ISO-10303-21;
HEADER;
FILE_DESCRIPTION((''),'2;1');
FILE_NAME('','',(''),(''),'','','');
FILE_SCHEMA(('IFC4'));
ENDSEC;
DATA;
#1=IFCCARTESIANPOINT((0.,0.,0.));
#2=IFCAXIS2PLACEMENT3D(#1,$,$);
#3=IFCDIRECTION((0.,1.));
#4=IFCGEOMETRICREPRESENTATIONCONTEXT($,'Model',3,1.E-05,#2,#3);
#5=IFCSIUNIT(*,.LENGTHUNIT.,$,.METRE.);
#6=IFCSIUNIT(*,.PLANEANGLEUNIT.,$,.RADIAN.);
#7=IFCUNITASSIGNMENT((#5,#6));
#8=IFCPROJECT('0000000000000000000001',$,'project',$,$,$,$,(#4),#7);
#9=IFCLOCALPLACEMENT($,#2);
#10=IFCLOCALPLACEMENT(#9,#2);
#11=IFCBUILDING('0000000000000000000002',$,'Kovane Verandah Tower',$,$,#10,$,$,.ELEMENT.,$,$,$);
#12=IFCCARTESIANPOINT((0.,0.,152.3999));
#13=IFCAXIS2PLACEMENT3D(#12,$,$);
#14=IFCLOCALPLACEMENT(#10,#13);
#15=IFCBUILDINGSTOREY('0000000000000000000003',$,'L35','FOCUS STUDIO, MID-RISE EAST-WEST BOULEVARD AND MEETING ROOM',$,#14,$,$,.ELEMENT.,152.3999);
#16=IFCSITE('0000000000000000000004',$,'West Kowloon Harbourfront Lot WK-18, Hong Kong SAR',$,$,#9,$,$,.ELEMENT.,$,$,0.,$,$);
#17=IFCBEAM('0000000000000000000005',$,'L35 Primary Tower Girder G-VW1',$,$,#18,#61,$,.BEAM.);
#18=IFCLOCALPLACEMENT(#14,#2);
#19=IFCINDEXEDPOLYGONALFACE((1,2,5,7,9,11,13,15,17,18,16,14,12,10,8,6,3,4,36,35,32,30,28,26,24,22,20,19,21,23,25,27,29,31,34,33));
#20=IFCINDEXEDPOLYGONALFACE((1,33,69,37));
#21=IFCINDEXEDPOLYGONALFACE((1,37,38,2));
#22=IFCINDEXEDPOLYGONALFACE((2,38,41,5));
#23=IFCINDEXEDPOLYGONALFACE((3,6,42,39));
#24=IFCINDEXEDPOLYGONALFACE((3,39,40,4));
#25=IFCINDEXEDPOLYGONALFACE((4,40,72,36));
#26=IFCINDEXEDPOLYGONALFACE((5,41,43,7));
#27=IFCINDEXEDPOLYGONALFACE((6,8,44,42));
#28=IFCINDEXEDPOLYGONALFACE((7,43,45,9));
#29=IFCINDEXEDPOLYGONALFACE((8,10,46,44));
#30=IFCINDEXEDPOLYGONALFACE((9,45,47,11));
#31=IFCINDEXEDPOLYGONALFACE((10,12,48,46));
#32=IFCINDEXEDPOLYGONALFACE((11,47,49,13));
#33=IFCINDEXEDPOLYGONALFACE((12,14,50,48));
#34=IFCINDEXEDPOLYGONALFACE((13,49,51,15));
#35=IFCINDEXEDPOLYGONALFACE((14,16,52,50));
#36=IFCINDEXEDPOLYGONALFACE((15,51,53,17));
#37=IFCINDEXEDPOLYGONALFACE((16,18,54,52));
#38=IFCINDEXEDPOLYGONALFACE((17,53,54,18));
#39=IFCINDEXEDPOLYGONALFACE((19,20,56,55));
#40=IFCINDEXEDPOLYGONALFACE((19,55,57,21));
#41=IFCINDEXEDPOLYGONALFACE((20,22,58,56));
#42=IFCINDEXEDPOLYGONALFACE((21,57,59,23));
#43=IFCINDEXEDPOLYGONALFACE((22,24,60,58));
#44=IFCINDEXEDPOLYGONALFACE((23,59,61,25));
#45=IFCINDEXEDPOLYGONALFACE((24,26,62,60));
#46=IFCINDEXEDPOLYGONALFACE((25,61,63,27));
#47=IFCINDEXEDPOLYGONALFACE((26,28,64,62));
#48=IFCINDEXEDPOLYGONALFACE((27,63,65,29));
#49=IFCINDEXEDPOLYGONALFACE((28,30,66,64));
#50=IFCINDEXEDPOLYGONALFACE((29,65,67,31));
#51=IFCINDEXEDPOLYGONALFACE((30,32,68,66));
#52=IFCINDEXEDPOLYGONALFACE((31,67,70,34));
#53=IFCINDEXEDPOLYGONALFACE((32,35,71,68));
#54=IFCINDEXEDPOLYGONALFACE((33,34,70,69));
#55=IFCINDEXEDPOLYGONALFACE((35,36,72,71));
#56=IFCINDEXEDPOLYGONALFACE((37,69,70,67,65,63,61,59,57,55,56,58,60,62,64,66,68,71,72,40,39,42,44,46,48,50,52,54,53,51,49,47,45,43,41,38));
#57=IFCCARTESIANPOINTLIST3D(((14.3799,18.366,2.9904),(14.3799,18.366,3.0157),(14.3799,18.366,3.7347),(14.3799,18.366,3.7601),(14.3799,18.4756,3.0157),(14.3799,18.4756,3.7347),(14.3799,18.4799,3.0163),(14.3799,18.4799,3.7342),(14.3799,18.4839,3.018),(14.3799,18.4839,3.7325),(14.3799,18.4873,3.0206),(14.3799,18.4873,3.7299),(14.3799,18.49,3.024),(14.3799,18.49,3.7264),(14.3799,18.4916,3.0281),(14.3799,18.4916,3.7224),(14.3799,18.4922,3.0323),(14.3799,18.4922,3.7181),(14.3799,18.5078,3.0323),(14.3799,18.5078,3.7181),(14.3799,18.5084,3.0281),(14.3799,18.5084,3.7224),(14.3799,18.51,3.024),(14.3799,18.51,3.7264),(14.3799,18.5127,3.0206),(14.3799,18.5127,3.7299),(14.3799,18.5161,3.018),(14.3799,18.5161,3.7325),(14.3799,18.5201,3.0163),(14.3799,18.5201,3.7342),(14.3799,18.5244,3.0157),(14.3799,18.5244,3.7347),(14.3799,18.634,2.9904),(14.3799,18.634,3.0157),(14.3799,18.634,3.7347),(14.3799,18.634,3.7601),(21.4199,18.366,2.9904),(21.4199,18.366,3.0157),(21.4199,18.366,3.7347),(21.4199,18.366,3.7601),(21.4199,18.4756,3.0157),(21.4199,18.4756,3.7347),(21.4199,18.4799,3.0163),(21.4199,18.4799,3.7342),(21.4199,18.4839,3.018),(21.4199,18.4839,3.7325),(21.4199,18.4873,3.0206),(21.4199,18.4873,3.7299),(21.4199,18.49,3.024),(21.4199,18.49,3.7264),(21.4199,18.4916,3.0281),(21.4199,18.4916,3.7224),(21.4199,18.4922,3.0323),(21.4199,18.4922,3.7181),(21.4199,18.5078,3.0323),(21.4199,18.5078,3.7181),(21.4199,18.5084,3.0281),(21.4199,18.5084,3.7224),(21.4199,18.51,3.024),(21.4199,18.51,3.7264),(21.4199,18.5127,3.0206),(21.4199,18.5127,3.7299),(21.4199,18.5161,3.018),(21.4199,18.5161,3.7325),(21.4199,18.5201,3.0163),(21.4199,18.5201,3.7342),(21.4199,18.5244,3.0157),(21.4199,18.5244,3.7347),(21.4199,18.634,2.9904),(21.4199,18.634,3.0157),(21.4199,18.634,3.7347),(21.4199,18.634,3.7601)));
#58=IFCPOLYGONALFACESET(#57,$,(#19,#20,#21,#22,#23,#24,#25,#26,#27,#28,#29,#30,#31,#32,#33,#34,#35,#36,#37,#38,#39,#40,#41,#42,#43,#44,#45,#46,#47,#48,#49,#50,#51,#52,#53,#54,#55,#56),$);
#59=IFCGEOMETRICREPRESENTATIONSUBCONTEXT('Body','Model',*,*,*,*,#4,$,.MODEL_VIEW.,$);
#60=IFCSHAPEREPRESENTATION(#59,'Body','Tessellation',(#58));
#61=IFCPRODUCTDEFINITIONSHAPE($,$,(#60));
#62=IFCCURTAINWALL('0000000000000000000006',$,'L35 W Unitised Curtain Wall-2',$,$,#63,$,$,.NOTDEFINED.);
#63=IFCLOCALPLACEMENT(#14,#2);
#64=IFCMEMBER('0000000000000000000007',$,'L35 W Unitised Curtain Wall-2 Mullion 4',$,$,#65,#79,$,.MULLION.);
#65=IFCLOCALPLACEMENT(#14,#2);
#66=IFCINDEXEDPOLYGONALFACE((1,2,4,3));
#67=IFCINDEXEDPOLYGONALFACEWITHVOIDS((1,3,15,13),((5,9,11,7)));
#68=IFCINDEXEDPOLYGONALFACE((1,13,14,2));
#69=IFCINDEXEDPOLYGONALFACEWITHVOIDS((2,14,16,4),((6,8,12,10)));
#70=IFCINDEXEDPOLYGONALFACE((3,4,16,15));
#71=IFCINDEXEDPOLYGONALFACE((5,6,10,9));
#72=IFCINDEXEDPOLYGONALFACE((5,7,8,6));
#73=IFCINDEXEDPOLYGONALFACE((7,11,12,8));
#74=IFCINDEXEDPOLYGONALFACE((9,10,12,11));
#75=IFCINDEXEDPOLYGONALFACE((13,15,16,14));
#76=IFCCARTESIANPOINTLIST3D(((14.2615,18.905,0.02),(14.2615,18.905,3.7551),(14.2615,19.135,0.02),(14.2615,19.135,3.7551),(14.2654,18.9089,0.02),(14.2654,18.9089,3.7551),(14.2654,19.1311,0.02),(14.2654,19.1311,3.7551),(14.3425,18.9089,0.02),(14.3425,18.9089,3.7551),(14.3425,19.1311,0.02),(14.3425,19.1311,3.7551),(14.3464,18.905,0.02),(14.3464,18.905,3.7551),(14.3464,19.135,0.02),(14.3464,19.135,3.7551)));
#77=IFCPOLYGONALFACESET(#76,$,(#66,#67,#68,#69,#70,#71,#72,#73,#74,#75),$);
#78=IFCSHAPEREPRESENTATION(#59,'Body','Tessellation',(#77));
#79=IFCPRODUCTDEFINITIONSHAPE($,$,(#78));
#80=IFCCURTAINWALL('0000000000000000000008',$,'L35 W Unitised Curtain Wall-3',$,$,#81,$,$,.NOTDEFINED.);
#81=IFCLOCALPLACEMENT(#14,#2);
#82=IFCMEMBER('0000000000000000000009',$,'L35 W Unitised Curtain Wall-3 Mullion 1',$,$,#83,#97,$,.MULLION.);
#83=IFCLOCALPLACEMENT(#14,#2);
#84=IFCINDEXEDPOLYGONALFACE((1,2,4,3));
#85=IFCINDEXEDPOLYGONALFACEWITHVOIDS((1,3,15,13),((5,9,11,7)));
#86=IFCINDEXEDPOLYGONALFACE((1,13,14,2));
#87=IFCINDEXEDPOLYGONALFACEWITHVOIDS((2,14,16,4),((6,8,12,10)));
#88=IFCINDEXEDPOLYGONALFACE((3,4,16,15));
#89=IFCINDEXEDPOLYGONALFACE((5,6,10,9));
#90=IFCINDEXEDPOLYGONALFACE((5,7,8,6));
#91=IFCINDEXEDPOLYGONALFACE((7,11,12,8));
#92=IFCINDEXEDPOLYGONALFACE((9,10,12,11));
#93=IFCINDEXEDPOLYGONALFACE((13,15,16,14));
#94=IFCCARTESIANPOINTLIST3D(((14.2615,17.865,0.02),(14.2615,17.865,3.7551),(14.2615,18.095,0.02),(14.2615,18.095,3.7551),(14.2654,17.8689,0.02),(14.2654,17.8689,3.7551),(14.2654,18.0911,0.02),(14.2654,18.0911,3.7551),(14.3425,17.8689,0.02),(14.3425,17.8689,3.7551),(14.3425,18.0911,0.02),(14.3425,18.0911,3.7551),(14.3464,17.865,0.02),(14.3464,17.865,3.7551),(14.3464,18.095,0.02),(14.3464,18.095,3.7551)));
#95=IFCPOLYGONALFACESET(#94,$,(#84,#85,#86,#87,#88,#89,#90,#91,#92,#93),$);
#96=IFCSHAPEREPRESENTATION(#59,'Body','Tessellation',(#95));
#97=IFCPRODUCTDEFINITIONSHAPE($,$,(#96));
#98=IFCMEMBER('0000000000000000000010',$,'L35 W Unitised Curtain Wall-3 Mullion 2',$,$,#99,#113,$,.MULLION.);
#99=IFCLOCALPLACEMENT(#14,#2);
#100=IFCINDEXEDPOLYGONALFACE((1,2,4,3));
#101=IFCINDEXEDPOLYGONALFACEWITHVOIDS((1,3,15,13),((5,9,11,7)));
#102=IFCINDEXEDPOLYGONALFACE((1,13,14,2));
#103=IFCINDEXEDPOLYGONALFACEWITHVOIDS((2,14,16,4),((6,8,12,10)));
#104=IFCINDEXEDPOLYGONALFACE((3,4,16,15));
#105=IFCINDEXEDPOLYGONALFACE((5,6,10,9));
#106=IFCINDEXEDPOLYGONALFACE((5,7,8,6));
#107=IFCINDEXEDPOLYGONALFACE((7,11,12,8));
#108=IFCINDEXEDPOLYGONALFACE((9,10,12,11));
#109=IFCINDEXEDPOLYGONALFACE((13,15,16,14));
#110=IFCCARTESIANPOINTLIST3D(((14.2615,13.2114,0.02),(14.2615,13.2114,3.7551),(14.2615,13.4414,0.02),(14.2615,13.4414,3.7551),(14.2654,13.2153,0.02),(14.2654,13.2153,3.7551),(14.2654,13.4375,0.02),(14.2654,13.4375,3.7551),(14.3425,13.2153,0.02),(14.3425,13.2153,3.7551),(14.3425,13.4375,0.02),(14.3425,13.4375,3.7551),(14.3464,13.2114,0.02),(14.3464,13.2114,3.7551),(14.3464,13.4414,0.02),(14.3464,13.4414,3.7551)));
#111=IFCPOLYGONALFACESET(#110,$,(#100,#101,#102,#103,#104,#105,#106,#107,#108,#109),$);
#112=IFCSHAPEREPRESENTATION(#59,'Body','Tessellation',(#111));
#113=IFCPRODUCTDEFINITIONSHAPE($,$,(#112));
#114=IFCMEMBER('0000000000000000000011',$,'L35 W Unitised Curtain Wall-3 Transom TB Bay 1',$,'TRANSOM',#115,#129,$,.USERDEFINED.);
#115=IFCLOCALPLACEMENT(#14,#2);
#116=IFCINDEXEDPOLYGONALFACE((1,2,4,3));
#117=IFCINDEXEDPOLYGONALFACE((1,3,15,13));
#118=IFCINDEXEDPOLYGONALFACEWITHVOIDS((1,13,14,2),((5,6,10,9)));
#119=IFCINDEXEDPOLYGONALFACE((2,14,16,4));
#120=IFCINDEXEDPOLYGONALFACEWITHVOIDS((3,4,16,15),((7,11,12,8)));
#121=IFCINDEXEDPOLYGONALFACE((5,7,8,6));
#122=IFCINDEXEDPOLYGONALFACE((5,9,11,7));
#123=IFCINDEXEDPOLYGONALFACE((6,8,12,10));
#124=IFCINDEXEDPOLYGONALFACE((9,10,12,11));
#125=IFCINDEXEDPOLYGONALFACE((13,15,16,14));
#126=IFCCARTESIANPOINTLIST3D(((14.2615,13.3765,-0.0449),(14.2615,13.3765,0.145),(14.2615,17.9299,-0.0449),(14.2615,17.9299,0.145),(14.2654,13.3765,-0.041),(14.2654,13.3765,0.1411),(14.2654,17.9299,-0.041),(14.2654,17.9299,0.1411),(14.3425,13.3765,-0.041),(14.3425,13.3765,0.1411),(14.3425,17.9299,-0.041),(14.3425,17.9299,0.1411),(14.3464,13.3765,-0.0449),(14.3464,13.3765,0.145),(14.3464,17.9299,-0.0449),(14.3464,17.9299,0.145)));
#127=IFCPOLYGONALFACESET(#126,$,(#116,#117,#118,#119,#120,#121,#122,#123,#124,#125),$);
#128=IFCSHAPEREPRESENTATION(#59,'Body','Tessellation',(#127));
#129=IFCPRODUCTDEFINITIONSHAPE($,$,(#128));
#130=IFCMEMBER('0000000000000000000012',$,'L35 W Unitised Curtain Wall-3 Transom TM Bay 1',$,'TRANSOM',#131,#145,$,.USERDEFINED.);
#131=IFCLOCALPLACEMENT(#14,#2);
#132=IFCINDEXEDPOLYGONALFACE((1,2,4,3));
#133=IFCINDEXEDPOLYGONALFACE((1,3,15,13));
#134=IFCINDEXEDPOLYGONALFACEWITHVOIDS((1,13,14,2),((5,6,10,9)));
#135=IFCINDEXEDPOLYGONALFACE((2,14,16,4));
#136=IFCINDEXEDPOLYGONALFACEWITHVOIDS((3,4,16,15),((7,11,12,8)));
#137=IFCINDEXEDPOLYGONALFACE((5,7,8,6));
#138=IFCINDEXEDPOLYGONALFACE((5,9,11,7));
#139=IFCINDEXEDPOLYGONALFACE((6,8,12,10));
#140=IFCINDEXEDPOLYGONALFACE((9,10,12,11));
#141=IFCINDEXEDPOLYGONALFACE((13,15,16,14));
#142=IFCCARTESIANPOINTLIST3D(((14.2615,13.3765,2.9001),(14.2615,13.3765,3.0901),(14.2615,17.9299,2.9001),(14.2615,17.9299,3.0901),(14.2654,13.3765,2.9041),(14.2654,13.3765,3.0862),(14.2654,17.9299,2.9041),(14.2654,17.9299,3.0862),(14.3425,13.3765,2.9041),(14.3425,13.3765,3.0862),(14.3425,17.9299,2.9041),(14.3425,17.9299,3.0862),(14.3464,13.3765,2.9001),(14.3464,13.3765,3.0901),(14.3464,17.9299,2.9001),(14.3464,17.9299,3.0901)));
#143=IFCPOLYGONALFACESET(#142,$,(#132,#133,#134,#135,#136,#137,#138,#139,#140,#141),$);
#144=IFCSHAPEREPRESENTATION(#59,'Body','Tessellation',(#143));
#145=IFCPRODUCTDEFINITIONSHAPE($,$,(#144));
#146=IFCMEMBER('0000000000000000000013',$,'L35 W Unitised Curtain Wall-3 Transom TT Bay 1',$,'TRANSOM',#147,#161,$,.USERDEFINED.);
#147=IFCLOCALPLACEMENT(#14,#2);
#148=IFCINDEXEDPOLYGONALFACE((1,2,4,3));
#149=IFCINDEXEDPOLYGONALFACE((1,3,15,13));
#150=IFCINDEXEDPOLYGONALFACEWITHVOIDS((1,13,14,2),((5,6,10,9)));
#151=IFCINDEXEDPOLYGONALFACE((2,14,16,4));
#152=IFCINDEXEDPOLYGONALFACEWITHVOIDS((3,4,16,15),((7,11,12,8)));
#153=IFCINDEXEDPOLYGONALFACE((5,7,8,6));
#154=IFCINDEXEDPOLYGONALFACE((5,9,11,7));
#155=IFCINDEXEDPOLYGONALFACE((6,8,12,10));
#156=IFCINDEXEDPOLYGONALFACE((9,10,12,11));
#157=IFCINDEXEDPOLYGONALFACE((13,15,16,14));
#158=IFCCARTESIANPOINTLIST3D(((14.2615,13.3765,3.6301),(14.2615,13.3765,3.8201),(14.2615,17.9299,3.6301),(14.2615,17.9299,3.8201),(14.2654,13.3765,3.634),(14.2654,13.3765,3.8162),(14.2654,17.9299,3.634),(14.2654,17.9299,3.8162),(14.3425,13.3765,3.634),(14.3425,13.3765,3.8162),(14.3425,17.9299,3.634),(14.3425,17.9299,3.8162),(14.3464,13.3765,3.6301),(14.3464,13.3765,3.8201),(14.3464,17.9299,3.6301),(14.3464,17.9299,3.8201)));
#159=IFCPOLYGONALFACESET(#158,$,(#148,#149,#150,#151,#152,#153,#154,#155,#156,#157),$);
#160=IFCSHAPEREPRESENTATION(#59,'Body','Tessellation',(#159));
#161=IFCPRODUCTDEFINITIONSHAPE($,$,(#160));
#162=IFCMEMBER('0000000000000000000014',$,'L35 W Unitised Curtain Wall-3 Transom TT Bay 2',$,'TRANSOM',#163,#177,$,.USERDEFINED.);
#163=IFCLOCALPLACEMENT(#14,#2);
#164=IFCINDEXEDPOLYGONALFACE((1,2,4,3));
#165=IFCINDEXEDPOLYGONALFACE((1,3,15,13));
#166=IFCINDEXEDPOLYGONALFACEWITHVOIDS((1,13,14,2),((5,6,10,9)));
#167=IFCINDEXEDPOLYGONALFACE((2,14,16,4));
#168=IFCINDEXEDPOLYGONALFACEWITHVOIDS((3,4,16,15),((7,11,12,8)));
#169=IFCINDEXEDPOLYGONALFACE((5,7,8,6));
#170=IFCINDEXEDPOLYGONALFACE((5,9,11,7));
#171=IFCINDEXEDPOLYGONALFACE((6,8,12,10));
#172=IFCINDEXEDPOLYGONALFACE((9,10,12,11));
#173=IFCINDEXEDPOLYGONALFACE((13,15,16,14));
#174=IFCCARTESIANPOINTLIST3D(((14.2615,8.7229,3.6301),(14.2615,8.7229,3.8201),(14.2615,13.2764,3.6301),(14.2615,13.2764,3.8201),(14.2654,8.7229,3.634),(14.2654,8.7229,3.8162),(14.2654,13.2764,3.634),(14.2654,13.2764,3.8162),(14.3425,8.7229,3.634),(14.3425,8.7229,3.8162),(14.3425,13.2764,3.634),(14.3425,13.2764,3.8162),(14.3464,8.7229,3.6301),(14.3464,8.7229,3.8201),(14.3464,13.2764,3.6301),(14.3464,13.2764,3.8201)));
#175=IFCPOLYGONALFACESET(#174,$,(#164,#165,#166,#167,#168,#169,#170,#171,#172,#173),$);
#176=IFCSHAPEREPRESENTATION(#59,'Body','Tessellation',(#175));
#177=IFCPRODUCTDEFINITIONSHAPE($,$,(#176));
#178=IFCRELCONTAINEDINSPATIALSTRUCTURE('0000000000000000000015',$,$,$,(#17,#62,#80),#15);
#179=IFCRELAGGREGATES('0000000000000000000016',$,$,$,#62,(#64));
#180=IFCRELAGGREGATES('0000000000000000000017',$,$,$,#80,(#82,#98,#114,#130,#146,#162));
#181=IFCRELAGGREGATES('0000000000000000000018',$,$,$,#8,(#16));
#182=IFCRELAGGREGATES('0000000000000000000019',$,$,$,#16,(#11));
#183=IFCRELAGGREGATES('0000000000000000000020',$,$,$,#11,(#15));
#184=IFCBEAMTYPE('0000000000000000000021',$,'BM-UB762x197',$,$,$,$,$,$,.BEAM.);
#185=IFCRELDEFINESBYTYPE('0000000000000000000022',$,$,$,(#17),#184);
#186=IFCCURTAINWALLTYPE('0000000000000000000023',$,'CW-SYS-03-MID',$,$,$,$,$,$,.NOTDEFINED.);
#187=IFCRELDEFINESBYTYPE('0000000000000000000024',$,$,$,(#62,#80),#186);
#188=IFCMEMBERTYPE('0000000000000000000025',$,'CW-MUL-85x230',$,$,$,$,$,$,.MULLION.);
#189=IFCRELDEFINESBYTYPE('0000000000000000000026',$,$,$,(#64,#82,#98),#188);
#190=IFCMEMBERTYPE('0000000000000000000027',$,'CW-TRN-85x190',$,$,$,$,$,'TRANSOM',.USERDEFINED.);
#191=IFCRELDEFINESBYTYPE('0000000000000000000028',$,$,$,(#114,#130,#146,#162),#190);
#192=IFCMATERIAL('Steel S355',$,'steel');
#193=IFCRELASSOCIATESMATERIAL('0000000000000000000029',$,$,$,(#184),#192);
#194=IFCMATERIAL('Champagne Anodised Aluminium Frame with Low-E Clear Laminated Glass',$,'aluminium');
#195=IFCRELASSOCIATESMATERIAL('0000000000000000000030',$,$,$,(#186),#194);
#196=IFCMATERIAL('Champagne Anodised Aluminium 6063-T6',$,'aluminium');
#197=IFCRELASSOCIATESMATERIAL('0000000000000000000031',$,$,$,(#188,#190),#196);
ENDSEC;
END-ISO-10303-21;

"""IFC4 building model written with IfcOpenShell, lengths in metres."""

from ifc_helpers import new_model, si_unit, direction, frame, origin, origin_2d, place, context, subcontext, project, spatial, hollow_rectangle, i_section, extrude, material, material_profile, profile_set, type_object, element, aggregate, save


model = new_model("IFC4")

# Units and contexts
model_context = context("Model", 3, precision=1e-05, world=origin(), true_north=direction((0.0, 1.0)))
body_context = subcontext(model_context, "Body", "Model", "MODEL_VIEW")
ifc_project = project(units=[si_unit("LENGTHUNIT", "METRE"), si_unit("PLANEANGLEUNIT", "RADIAN")], contexts=[model_context])

# Site, building, storey
site_placement = place(None, origin())
site = spatial("IfcSite", under=ifc_project, at=site_placement, Name="West Kowloon Harbourfront Lot WK-18, Hong Kong SAR", CompositionType="ELEMENT", RefElevation=0.0)
building_placement = place(site_placement, origin())
building = spatial("IfcBuilding", under=site, at=building_placement, Name="Kovane Verandah Tower", CompositionType="ELEMENT")
storey_placement = place(building_placement, frame((0.0, 0.0, 152.3999)))
storey = spatial("IfcBuildingStorey", under=building, at=storey_placement, Name="L35", Description="FOCUS STUDIO, MID-RISE EAST-WEST BOULEVARD AND MEETING ROOM", CompositionType="ELEMENT", Elevation=152.3999)

# Beam
ifc_material_1 = material(Name="Steel S355", Category="steel")
ifc_material_profile_1 = material_profile(ifc_material_1, i_section(OverallWidth=0.2681, OverallDepth=0.7698, WebThickness=0.0156, FlangeThickness=0.0254, FilletRadius=0.0166, at=origin_2d()), Name="UB762x267x197")
ifc_profile_set_1 = profile_set([ifc_material_profile_1], Name="Steel S355")
beam_type_1 = type_object("IfcBeamType", Name="BM-UB762x197", PredefinedType="BEAM", material=ifc_profile_set_1)
beam_1_placement = place(storey_placement, frame((21.4199, 18.5, 3.3752), z_axis=(-1.0, 0.0, 0.0), x_axis=(0.0, -1.0, 0.0)))
element("IfcBeam", 1, at=beam_1_placement, inside=storey, type_object=beam_type_1, Name="L35 Primary Tower Girder G-VW1", PredefinedType="BEAM", context=body_context, shape_type="SweptSolid", body=[
    extrude(i_section(OverallWidth=0.2681, OverallDepth=0.7698, WebThickness=0.0156, FlangeThickness=0.0254, FilletRadius=0.0166, at=origin_2d()), origin(), (0.0, 0.0, 1.0), 7.04),
])

# Curtain wall, member
ifc_material_2 = material(Name="Champagne Anodised Aluminium Frame with Low-E Clear Laminated Glass", Category="aluminium")
curtain_wall_type = type_object("IfcCurtainWallType", Name="CW-SYS-03-MID", PredefinedType="NOTDEFINED", material=ifc_material_2)
curtain_wall_1_placement = place(storey_placement, origin())
curtain_wall_1 = element("IfcCurtainWall", 2, at=curtain_wall_1_placement, inside=storey, type_object=curtain_wall_type, Name="L35 W Unitised Curtain Wall-2", PredefinedType="NOTDEFINED")
ifc_material_3 = material(Name="Champagne Anodised Aluminium 6063-T6", Category="aluminium")
ifc_material_profile_2 = material_profile(ifc_material_3, hollow_rectangle(XDim=0.085, YDim=0.23, WallThickness=0.0039, at=origin_2d()), Name="AL85x230x4")
ifc_profile_set_2 = profile_set([ifc_material_profile_2], Name="Champagne Anodised Aluminium 6063-T6")
member_type_1 = type_object("IfcMemberType", Name="CW-MUL-85x230", PredefinedType="MULLION", material=ifc_profile_set_2)
member_1_placement = place(storey_placement, frame((14.304, 19.02, 0.02), z_axis=(0.0, 0.0, 1.0), x_axis=(-1.0, 0.0, 0.0)))
member_1 = element("IfcMember", 3, at=member_1_placement, type_object=member_type_1, Name="L35 W Unitised Curtain Wall-2 Mullion 4", PredefinedType="MULLION", context=body_context, shape_type="SweptSolid", body=[
    extrude(hollow_rectangle(XDim=0.085, YDim=0.23, WallThickness=0.0039, at=origin_2d()), origin(), (0.0, 0.0, 1.0), 3.7351),
])

# Curtain wall, members
curtain_wall_2_placement = place(storey_placement, origin())
curtain_wall_2 = element("IfcCurtainWall", 4, at=curtain_wall_2_placement, inside=storey, type_object=curtain_wall_type, Name="L35 W Unitised Curtain Wall-3", PredefinedType="NOTDEFINED")
member_2_placement = place(storey_placement, frame((14.304, 17.98, 0.02), z_axis=(0.0, 0.0, 1.0), x_axis=(-1.0, 0.0, 0.0)))
member_2 = element("IfcMember", 5, at=member_2_placement, type_object=member_type_1, Name="L35 W Unitised Curtain Wall-3 Mullion 1", PredefinedType="MULLION", context=body_context, shape_type="SweptSolid", body=[
    extrude(hollow_rectangle(XDim=0.085, YDim=0.23, WallThickness=0.0039, at=origin_2d()), origin(), (0.0, 0.0, 1.0), 3.7351),
])
member_3_placement = place(storey_placement, frame((14.304, 13.3264, 0.02), z_axis=(0.0, 0.0, 1.0), x_axis=(-1.0, 0.0, 0.0)))
member_3 = element("IfcMember", 6, at=member_3_placement, type_object=member_type_1, Name="L35 W Unitised Curtain Wall-3 Mullion 2", PredefinedType="MULLION", context=body_context, shape_type="SweptSolid", body=[
    extrude(hollow_rectangle(XDim=0.085, YDim=0.23, WallThickness=0.0039, at=origin_2d()), origin(), (0.0, 0.0, 1.0), 3.7351),
])
ifc_material_profile_3 = material_profile(ifc_material_3, hollow_rectangle(XDim=0.085, YDim=0.1899, WallThickness=0.0039, at=origin_2d()), Name="AL85x190x4")
ifc_profile_set_3 = profile_set([ifc_material_profile_3], Name="Champagne Anodised Aluminium 6063-T6")
member_type_2 = type_object("IfcMemberType", Name="CW-TRN-85x190", ElementType="TRANSOM", PredefinedType="USERDEFINED", material=ifc_profile_set_3)
member_4_placement = place(storey_placement, frame((14.304, 17.9299, 0.05), z_axis=(0.0, -1.0, 0.0), x_axis=(1.0, 0.0, 0.0)))
member_4 = element("IfcMember", 7, at=member_4_placement, type_object=member_type_2, Name="L35 W Unitised Curtain Wall-3 Transom TB Bay 1", ObjectType="TRANSOM", PredefinedType="USERDEFINED", context=body_context, shape_type="SweptSolid", body=[
    extrude(hollow_rectangle(XDim=0.085, YDim=0.1899, WallThickness=0.0039, at=origin_2d()), origin(), (0.0, 0.0, 1.0), 4.5535),
])
member_5_placement = place(storey_placement, frame((14.304, 17.9299, 2.9951), z_axis=(0.0, -1.0, 0.0), x_axis=(1.0, 0.0, 0.0)))
member_5 = element("IfcMember", 8, at=member_5_placement, type_object=member_type_2, Name="L35 W Unitised Curtain Wall-3 Transom TM Bay 1", ObjectType="TRANSOM", PredefinedType="USERDEFINED", context=body_context, shape_type="SweptSolid", body=[
    extrude(hollow_rectangle(XDim=0.085, YDim=0.1899, WallThickness=0.0039, at=origin_2d()), origin(), (0.0, 0.0, 1.0), 4.5535),
])
member_6_placement = place(storey_placement, frame((14.304, 17.9299, 3.7251), z_axis=(0.0, -1.0, 0.0), x_axis=(1.0, 0.0, 0.0)))
member_6 = element("IfcMember", 9, at=member_6_placement, type_object=member_type_2, Name="L35 W Unitised Curtain Wall-3 Transom TT Bay 1", ObjectType="TRANSOM", PredefinedType="USERDEFINED", context=body_context, shape_type="SweptSolid", body=[
    extrude(hollow_rectangle(XDim=0.085, YDim=0.1899, WallThickness=0.0039, at=origin_2d()), origin(), (0.0, 0.0, 1.0), 4.5535),
])
member_7_placement = place(storey_placement, frame((14.304, 13.2764, 3.7251), z_axis=(0.0, -1.0, 0.0), x_axis=(1.0, 0.0, 0.0)))
member_7 = element("IfcMember", 10, at=member_7_placement, type_object=member_type_2, Name="L35 W Unitised Curtain Wall-3 Transom TT Bay 2", ObjectType="TRANSOM", PredefinedType="USERDEFINED", context=body_context, shape_type="SweptSolid", body=[
    extrude(hollow_rectangle(XDim=0.085, YDim=0.1899, WallThickness=0.0039, at=origin_2d()), origin(), (0.0, 0.0, 1.0), 4.5535),
])

aggregate(curtain_wall_1, [member_1])
aggregate(curtain_wall_2, [member_2, member_3, member_4, member_5, member_6, member_7])

save(model, "model.ifc")
